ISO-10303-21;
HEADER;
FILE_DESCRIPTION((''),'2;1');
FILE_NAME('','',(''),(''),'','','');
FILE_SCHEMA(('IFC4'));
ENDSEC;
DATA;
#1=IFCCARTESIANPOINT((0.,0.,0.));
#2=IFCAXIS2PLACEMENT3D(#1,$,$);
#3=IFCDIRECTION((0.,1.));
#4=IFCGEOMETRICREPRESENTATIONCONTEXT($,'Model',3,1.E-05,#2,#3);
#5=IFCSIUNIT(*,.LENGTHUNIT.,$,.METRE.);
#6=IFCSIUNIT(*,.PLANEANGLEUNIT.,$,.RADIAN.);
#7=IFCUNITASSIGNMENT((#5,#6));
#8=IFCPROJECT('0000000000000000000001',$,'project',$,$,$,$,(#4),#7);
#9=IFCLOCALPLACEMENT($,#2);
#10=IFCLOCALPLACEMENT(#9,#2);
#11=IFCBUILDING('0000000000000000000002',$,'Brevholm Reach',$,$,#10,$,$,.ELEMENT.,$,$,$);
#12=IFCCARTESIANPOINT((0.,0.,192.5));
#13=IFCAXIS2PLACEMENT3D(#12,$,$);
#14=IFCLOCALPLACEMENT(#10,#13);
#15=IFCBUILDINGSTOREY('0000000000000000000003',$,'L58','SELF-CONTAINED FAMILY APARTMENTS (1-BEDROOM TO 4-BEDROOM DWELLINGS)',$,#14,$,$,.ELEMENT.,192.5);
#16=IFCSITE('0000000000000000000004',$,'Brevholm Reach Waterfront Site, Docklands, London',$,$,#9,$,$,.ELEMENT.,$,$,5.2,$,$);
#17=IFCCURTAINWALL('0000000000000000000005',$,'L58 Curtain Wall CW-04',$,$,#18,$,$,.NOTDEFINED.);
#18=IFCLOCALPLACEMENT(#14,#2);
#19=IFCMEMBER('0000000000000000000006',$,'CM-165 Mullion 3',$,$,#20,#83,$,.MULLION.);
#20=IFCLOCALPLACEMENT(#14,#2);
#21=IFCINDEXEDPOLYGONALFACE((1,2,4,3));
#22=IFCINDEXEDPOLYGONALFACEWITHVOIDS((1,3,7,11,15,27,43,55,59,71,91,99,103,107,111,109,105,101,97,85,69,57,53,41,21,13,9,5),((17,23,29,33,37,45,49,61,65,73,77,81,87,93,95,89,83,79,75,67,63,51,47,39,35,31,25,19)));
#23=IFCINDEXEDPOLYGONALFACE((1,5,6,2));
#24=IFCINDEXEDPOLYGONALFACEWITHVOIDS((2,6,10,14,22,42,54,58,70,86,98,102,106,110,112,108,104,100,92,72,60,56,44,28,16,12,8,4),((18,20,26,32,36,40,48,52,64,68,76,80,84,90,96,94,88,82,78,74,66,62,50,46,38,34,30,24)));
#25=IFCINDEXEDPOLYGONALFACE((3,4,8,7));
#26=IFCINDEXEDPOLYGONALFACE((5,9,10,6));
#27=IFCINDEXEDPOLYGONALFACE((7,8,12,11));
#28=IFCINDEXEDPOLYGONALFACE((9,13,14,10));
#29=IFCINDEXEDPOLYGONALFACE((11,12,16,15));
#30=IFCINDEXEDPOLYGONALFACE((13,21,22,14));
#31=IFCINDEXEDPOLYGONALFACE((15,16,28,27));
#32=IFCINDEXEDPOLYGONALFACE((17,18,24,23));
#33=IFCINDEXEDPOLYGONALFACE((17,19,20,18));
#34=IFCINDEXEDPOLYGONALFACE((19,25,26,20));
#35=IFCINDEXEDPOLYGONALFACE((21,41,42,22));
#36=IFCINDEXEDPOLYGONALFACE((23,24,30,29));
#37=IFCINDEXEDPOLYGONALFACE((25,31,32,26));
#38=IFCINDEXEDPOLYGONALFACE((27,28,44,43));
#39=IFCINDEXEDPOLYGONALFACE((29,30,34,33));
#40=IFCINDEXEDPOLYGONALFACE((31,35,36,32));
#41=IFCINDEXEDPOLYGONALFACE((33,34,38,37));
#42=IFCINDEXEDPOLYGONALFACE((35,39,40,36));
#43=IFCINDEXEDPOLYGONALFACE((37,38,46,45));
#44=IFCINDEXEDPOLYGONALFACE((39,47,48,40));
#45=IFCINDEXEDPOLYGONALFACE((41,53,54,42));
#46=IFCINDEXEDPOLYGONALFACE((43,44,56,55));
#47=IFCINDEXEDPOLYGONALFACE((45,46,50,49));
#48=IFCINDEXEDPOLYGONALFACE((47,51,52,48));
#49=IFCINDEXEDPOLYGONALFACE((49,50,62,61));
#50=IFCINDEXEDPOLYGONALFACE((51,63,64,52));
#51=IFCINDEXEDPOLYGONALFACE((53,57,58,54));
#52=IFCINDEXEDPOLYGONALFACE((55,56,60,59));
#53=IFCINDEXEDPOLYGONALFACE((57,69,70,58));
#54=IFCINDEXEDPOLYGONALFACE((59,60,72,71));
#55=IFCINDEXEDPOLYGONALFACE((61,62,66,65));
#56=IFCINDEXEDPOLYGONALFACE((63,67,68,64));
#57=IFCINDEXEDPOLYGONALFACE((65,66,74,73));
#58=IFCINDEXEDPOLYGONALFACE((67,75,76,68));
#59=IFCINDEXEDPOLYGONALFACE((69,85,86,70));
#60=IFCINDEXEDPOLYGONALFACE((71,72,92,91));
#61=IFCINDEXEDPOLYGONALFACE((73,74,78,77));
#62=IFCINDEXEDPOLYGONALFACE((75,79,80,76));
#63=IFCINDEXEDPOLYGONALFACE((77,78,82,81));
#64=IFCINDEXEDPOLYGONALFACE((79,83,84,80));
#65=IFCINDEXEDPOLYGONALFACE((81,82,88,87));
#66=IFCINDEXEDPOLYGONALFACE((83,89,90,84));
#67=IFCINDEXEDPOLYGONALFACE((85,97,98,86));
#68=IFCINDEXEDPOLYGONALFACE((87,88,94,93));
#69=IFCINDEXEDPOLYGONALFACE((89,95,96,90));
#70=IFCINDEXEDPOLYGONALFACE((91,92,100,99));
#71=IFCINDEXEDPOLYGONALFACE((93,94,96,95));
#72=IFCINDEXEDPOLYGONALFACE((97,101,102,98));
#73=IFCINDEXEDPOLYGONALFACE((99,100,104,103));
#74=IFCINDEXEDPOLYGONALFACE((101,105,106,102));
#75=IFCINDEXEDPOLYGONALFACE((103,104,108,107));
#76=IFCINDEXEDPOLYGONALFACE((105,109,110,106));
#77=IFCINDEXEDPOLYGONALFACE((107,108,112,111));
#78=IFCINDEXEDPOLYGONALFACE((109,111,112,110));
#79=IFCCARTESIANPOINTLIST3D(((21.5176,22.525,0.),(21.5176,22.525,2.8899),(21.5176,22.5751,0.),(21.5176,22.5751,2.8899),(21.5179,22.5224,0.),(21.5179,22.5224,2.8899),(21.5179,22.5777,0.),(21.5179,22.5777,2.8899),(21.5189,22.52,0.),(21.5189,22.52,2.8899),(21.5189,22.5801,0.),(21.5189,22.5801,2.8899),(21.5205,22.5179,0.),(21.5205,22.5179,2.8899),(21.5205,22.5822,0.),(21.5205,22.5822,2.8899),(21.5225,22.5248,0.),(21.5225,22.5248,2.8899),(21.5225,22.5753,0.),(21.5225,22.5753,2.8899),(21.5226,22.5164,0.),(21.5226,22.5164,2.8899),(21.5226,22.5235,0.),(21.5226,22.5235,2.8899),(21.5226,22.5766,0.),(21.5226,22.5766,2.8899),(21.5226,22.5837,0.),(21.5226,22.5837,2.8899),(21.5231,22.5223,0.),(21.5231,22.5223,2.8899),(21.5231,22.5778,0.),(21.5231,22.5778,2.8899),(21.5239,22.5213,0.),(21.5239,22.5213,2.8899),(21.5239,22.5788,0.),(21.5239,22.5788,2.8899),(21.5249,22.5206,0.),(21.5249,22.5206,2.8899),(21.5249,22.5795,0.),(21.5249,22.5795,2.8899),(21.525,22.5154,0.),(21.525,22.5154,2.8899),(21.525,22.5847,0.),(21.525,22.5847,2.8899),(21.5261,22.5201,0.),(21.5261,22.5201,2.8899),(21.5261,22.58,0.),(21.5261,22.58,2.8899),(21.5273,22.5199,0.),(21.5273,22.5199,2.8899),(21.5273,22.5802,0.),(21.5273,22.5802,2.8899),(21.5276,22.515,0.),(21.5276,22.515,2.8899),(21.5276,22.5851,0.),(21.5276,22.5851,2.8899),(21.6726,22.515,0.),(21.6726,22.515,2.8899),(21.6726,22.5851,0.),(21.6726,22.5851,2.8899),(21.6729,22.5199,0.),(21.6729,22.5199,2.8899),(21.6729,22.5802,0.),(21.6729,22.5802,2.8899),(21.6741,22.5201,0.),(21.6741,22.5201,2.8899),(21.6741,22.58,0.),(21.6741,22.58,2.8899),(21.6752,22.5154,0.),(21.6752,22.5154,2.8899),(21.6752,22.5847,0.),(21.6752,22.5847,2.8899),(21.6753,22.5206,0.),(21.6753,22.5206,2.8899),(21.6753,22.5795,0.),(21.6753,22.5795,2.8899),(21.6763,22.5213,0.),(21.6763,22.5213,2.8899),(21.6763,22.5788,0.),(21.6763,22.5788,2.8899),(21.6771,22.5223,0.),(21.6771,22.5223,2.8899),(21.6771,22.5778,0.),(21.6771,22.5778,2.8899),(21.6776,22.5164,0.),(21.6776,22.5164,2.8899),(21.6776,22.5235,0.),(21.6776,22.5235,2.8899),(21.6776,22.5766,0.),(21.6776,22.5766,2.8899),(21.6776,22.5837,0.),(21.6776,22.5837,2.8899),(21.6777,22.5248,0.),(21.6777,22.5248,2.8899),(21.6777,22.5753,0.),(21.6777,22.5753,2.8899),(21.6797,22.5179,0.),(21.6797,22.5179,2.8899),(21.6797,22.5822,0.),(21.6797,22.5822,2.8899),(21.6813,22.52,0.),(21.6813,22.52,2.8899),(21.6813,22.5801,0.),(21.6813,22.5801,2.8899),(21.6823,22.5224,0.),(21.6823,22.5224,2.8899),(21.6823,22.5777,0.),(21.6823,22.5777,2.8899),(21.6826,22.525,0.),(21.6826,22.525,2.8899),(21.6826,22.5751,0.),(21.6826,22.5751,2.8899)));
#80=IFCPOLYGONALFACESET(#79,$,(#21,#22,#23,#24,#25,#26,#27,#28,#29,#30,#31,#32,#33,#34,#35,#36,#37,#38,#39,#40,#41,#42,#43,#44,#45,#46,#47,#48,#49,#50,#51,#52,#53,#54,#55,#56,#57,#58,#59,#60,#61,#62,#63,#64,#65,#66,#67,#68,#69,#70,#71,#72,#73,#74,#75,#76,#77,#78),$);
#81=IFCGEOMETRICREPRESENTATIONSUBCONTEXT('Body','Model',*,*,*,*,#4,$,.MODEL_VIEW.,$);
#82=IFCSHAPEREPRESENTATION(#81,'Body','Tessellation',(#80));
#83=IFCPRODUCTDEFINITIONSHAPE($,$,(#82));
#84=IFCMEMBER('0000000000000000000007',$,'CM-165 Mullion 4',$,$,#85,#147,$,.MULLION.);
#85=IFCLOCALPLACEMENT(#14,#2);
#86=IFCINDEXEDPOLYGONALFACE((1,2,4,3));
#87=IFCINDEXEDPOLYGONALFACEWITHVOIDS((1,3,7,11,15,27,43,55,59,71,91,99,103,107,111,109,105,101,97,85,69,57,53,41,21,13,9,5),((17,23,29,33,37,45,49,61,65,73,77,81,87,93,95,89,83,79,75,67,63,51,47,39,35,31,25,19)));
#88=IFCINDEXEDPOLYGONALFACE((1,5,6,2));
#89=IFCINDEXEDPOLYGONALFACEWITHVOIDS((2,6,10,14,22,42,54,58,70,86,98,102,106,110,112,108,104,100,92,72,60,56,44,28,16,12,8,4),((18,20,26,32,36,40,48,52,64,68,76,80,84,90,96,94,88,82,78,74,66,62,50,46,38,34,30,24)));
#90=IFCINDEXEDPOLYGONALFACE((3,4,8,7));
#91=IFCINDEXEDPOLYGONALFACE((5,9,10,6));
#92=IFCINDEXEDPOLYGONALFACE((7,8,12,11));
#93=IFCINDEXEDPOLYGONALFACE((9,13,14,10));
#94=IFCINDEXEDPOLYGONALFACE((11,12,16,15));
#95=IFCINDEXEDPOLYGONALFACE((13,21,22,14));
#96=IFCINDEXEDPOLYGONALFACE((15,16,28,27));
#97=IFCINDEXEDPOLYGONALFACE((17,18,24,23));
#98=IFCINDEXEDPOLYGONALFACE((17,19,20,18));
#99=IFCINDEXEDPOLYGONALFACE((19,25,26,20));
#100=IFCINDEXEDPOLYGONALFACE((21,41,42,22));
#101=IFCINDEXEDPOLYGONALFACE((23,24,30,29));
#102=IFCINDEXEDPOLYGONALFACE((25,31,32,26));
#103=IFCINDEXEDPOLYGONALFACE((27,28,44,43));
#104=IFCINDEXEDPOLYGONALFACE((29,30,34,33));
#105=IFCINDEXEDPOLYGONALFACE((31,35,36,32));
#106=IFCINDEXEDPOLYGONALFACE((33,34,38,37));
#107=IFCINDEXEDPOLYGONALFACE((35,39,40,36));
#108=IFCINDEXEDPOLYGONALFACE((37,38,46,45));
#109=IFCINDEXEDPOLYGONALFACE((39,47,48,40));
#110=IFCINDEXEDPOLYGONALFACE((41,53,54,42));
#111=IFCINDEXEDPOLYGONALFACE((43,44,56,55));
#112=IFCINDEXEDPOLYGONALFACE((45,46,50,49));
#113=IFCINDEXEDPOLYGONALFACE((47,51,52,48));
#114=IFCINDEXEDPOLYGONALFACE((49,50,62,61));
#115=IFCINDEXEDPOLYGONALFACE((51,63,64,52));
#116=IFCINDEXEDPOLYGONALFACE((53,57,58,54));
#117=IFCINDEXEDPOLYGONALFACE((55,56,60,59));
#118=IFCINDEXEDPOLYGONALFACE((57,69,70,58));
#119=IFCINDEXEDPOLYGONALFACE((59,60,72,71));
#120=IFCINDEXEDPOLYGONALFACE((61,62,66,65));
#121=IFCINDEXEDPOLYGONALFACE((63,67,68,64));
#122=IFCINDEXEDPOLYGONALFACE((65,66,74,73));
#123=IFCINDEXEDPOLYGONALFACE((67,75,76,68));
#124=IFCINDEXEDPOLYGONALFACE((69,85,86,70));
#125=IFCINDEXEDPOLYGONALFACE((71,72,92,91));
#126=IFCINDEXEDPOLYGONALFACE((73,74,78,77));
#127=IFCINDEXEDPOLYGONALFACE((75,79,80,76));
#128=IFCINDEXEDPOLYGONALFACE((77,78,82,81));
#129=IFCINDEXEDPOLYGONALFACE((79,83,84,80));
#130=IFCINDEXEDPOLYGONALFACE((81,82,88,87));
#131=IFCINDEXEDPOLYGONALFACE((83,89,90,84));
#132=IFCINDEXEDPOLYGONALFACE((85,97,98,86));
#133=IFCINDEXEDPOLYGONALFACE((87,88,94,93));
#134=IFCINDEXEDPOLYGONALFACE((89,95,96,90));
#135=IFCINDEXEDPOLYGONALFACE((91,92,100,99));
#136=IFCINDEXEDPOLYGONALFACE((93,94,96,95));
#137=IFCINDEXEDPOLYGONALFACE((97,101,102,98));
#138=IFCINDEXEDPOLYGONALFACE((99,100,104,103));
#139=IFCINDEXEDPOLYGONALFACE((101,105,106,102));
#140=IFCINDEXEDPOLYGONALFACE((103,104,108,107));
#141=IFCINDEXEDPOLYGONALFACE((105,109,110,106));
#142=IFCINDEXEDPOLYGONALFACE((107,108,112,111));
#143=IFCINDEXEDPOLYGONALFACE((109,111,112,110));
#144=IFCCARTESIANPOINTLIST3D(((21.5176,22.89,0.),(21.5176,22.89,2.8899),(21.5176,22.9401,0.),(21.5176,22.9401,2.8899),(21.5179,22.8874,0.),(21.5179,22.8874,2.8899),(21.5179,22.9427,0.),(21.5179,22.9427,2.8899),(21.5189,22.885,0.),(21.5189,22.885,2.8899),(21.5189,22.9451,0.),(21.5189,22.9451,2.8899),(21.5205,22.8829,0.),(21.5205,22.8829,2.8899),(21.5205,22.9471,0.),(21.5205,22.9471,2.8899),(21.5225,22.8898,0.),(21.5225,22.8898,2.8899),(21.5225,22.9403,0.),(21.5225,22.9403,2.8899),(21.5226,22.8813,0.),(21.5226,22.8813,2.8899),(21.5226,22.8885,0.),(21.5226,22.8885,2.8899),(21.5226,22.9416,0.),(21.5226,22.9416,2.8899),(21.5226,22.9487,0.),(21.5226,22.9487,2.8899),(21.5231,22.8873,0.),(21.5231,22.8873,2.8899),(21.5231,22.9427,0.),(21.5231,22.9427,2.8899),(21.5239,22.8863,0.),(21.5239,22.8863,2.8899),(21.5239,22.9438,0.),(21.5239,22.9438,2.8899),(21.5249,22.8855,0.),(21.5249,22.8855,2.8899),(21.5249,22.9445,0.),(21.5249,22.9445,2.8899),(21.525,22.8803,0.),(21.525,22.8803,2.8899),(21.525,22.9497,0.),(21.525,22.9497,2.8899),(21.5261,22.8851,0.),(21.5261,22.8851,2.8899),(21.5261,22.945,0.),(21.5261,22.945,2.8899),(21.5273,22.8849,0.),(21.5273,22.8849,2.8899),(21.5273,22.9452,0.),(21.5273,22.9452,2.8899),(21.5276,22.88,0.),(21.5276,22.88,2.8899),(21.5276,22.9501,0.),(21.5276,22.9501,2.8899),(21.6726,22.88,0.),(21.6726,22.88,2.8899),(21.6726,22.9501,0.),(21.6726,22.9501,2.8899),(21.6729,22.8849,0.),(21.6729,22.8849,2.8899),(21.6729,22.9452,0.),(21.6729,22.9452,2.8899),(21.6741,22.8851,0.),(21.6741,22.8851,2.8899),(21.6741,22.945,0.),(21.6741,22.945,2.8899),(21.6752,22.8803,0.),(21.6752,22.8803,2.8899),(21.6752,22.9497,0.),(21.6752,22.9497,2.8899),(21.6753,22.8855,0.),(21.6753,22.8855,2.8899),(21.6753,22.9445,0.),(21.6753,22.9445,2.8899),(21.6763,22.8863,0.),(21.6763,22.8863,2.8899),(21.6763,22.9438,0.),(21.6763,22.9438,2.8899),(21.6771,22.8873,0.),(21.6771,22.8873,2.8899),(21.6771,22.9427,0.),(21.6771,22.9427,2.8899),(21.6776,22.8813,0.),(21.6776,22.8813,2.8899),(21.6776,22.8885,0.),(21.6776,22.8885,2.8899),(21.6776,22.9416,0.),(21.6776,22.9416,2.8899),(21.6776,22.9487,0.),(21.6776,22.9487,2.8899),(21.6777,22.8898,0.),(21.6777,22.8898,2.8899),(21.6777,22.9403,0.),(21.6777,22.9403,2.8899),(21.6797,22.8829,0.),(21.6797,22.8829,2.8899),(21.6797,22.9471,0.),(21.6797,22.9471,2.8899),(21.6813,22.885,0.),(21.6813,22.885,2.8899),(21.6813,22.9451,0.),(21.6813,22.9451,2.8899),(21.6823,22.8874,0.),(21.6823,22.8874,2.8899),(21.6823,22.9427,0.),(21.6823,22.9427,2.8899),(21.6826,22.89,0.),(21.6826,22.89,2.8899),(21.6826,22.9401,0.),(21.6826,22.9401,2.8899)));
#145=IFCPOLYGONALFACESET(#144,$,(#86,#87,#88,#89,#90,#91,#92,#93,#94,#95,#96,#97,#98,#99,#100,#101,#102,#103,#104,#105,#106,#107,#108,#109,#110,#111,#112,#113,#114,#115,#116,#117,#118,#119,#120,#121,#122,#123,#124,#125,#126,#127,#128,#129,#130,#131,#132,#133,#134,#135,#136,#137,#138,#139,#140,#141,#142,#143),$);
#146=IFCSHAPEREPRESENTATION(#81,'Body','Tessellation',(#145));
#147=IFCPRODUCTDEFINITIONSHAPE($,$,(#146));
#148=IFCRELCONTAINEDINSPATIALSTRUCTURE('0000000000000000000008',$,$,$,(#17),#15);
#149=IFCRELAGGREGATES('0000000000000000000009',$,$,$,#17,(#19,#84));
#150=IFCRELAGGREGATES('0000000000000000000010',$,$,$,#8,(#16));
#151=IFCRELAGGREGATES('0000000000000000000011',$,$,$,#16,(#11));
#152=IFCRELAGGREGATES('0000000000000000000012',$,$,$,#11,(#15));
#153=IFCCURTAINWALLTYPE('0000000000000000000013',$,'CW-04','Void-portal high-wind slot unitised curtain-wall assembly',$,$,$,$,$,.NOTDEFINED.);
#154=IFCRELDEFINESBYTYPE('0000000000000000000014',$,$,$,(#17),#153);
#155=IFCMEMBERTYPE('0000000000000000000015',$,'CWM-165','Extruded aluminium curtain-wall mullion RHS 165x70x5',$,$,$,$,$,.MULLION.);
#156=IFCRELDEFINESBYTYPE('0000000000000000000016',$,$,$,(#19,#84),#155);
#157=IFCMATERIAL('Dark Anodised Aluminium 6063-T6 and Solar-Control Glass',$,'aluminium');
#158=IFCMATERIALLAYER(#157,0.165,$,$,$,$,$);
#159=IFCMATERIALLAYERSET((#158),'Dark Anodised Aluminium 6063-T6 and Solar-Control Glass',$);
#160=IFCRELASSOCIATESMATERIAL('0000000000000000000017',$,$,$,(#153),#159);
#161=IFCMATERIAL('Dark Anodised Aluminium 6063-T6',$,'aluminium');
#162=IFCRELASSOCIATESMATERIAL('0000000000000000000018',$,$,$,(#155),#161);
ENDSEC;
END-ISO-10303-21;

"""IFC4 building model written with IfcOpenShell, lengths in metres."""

from ifc_helpers import new_model, si_unit, direction, frame, origin, origin_2d, place, context, subcontext, project, spatial, hollow_rectangle, extrude, material, layer, layer_set, material_profile, profile_set, type_object, element, aggregate, save


model = new_model("IFC4")

# Units and contexts
model_context = context("Model", 3, precision=1e-05, world=origin(), true_north=direction((0.0, 1.0)))
body_context = subcontext(model_context, "Body", "Model", "MODEL_VIEW")
ifc_project = project(units=[si_unit("LENGTHUNIT", "METRE"), si_unit("PLANEANGLEUNIT", "RADIAN")], contexts=[model_context])

# Site, building, storey
site_placement = place(None, origin())
site = spatial("IfcSite", under=ifc_project, at=site_placement, Name="Brevholm Reach Waterfront Site, Docklands, London", CompositionType="ELEMENT", RefElevation=5.2)
building_placement = place(site_placement, origin())
building = spatial("IfcBuilding", under=site, at=building_placement, Name="Brevholm Reach", CompositionType="ELEMENT")
storey_placement = place(building_placement, frame((0.0, 0.0, 192.5)))
storey = spatial("IfcBuildingStorey", under=building, at=storey_placement, Name="L58", Description="SELF-CONTAINED FAMILY APARTMENTS (1-BEDROOM TO 4-BEDROOM DWELLINGS)", CompositionType="ELEMENT", Elevation=192.5)

# Curtain wall, members
ifc_material_1 = material(Name="Dark Anodised Aluminium 6063-T6 and Solar-Control Glass", Category="aluminium")
ifc_layer_1 = layer(ifc_material_1, 0.165)
ifc_layer_set_1 = layer_set([ifc_layer_1], Name="Dark Anodised Aluminium 6063-T6 and Solar-Control Glass")
curtain_wall_type = type_object("IfcCurtainWallType", Name="CW-04", Description="Void-portal high-wind slot unitised curtain-wall assembly", PredefinedType="NOTDEFINED", material=ifc_layer_set_1)
curtain_wall_placement = place(storey_placement, origin())
curtain_wall = element("IfcCurtainWall", 1, at=curtain_wall_placement, inside=storey, type_object=curtain_wall_type, Name="L58 Curtain Wall CW-04", PredefinedType="NOTDEFINED")
ifc_material_2 = material(Name="Dark Anodised Aluminium 6063-T6", Category="aluminium")
ifc_material_profile_1 = material_profile(ifc_material_2, hollow_rectangle(XDim=0.0701, YDim=0.165, WallThickness=0.0049, InnerFilletRadius=0.0049, OuterFilletRadius=0.01, at=origin_2d()), Name="RHS 165x70x5")
ifc_profile_set_1 = profile_set([ifc_material_profile_1], Name="Dark Anodised Aluminium 6063-T6")
member_type_1 = type_object("IfcMemberType", Name="CWM-165", Description="Extruded aluminium curtain-wall mullion RHS 165x70x5", PredefinedType="MULLION", material=ifc_profile_set_1)
member_1_placement = place(storey_placement, frame((21.6001, 22.55, 0.0), z_axis=(0.0, 0.0, 1.0), x_axis=(0.0, 1.0, 0.0)))
member_1 = element("IfcMember", 2, at=member_1_placement, type_object=member_type_1, Name="CM-165 Mullion 3", PredefinedType="MULLION", context=body_context, shape_type="SweptSolid", body=[
    extrude(hollow_rectangle(XDim=0.0701, YDim=0.165, WallThickness=0.0049, InnerFilletRadius=0.0049, OuterFilletRadius=0.01, at=origin_2d()), origin(), (0.0, 0.0, 1.0), 2.8899),
])
member_2_placement = place(storey_placement, frame((21.6001, 22.915, 0.0), z_axis=(0.0, 0.0, 1.0), x_axis=(0.0, 1.0, 0.0)))
member_2 = element("IfcMember", 3, at=member_2_placement, type_object=member_type_1, Name="CM-165 Mullion 4", PredefinedType="MULLION", context=body_context, shape_type="SweptSolid", body=[
    extrude(hollow_rectangle(XDim=0.0701, YDim=0.165, WallThickness=0.0049, InnerFilletRadius=0.0049, OuterFilletRadius=0.01, at=origin_2d()), origin(), (0.0, 0.0, 1.0), 2.8899),
])
aggregate(curtain_wall, [member_1, member_2])

save(model, "model.ifc")
